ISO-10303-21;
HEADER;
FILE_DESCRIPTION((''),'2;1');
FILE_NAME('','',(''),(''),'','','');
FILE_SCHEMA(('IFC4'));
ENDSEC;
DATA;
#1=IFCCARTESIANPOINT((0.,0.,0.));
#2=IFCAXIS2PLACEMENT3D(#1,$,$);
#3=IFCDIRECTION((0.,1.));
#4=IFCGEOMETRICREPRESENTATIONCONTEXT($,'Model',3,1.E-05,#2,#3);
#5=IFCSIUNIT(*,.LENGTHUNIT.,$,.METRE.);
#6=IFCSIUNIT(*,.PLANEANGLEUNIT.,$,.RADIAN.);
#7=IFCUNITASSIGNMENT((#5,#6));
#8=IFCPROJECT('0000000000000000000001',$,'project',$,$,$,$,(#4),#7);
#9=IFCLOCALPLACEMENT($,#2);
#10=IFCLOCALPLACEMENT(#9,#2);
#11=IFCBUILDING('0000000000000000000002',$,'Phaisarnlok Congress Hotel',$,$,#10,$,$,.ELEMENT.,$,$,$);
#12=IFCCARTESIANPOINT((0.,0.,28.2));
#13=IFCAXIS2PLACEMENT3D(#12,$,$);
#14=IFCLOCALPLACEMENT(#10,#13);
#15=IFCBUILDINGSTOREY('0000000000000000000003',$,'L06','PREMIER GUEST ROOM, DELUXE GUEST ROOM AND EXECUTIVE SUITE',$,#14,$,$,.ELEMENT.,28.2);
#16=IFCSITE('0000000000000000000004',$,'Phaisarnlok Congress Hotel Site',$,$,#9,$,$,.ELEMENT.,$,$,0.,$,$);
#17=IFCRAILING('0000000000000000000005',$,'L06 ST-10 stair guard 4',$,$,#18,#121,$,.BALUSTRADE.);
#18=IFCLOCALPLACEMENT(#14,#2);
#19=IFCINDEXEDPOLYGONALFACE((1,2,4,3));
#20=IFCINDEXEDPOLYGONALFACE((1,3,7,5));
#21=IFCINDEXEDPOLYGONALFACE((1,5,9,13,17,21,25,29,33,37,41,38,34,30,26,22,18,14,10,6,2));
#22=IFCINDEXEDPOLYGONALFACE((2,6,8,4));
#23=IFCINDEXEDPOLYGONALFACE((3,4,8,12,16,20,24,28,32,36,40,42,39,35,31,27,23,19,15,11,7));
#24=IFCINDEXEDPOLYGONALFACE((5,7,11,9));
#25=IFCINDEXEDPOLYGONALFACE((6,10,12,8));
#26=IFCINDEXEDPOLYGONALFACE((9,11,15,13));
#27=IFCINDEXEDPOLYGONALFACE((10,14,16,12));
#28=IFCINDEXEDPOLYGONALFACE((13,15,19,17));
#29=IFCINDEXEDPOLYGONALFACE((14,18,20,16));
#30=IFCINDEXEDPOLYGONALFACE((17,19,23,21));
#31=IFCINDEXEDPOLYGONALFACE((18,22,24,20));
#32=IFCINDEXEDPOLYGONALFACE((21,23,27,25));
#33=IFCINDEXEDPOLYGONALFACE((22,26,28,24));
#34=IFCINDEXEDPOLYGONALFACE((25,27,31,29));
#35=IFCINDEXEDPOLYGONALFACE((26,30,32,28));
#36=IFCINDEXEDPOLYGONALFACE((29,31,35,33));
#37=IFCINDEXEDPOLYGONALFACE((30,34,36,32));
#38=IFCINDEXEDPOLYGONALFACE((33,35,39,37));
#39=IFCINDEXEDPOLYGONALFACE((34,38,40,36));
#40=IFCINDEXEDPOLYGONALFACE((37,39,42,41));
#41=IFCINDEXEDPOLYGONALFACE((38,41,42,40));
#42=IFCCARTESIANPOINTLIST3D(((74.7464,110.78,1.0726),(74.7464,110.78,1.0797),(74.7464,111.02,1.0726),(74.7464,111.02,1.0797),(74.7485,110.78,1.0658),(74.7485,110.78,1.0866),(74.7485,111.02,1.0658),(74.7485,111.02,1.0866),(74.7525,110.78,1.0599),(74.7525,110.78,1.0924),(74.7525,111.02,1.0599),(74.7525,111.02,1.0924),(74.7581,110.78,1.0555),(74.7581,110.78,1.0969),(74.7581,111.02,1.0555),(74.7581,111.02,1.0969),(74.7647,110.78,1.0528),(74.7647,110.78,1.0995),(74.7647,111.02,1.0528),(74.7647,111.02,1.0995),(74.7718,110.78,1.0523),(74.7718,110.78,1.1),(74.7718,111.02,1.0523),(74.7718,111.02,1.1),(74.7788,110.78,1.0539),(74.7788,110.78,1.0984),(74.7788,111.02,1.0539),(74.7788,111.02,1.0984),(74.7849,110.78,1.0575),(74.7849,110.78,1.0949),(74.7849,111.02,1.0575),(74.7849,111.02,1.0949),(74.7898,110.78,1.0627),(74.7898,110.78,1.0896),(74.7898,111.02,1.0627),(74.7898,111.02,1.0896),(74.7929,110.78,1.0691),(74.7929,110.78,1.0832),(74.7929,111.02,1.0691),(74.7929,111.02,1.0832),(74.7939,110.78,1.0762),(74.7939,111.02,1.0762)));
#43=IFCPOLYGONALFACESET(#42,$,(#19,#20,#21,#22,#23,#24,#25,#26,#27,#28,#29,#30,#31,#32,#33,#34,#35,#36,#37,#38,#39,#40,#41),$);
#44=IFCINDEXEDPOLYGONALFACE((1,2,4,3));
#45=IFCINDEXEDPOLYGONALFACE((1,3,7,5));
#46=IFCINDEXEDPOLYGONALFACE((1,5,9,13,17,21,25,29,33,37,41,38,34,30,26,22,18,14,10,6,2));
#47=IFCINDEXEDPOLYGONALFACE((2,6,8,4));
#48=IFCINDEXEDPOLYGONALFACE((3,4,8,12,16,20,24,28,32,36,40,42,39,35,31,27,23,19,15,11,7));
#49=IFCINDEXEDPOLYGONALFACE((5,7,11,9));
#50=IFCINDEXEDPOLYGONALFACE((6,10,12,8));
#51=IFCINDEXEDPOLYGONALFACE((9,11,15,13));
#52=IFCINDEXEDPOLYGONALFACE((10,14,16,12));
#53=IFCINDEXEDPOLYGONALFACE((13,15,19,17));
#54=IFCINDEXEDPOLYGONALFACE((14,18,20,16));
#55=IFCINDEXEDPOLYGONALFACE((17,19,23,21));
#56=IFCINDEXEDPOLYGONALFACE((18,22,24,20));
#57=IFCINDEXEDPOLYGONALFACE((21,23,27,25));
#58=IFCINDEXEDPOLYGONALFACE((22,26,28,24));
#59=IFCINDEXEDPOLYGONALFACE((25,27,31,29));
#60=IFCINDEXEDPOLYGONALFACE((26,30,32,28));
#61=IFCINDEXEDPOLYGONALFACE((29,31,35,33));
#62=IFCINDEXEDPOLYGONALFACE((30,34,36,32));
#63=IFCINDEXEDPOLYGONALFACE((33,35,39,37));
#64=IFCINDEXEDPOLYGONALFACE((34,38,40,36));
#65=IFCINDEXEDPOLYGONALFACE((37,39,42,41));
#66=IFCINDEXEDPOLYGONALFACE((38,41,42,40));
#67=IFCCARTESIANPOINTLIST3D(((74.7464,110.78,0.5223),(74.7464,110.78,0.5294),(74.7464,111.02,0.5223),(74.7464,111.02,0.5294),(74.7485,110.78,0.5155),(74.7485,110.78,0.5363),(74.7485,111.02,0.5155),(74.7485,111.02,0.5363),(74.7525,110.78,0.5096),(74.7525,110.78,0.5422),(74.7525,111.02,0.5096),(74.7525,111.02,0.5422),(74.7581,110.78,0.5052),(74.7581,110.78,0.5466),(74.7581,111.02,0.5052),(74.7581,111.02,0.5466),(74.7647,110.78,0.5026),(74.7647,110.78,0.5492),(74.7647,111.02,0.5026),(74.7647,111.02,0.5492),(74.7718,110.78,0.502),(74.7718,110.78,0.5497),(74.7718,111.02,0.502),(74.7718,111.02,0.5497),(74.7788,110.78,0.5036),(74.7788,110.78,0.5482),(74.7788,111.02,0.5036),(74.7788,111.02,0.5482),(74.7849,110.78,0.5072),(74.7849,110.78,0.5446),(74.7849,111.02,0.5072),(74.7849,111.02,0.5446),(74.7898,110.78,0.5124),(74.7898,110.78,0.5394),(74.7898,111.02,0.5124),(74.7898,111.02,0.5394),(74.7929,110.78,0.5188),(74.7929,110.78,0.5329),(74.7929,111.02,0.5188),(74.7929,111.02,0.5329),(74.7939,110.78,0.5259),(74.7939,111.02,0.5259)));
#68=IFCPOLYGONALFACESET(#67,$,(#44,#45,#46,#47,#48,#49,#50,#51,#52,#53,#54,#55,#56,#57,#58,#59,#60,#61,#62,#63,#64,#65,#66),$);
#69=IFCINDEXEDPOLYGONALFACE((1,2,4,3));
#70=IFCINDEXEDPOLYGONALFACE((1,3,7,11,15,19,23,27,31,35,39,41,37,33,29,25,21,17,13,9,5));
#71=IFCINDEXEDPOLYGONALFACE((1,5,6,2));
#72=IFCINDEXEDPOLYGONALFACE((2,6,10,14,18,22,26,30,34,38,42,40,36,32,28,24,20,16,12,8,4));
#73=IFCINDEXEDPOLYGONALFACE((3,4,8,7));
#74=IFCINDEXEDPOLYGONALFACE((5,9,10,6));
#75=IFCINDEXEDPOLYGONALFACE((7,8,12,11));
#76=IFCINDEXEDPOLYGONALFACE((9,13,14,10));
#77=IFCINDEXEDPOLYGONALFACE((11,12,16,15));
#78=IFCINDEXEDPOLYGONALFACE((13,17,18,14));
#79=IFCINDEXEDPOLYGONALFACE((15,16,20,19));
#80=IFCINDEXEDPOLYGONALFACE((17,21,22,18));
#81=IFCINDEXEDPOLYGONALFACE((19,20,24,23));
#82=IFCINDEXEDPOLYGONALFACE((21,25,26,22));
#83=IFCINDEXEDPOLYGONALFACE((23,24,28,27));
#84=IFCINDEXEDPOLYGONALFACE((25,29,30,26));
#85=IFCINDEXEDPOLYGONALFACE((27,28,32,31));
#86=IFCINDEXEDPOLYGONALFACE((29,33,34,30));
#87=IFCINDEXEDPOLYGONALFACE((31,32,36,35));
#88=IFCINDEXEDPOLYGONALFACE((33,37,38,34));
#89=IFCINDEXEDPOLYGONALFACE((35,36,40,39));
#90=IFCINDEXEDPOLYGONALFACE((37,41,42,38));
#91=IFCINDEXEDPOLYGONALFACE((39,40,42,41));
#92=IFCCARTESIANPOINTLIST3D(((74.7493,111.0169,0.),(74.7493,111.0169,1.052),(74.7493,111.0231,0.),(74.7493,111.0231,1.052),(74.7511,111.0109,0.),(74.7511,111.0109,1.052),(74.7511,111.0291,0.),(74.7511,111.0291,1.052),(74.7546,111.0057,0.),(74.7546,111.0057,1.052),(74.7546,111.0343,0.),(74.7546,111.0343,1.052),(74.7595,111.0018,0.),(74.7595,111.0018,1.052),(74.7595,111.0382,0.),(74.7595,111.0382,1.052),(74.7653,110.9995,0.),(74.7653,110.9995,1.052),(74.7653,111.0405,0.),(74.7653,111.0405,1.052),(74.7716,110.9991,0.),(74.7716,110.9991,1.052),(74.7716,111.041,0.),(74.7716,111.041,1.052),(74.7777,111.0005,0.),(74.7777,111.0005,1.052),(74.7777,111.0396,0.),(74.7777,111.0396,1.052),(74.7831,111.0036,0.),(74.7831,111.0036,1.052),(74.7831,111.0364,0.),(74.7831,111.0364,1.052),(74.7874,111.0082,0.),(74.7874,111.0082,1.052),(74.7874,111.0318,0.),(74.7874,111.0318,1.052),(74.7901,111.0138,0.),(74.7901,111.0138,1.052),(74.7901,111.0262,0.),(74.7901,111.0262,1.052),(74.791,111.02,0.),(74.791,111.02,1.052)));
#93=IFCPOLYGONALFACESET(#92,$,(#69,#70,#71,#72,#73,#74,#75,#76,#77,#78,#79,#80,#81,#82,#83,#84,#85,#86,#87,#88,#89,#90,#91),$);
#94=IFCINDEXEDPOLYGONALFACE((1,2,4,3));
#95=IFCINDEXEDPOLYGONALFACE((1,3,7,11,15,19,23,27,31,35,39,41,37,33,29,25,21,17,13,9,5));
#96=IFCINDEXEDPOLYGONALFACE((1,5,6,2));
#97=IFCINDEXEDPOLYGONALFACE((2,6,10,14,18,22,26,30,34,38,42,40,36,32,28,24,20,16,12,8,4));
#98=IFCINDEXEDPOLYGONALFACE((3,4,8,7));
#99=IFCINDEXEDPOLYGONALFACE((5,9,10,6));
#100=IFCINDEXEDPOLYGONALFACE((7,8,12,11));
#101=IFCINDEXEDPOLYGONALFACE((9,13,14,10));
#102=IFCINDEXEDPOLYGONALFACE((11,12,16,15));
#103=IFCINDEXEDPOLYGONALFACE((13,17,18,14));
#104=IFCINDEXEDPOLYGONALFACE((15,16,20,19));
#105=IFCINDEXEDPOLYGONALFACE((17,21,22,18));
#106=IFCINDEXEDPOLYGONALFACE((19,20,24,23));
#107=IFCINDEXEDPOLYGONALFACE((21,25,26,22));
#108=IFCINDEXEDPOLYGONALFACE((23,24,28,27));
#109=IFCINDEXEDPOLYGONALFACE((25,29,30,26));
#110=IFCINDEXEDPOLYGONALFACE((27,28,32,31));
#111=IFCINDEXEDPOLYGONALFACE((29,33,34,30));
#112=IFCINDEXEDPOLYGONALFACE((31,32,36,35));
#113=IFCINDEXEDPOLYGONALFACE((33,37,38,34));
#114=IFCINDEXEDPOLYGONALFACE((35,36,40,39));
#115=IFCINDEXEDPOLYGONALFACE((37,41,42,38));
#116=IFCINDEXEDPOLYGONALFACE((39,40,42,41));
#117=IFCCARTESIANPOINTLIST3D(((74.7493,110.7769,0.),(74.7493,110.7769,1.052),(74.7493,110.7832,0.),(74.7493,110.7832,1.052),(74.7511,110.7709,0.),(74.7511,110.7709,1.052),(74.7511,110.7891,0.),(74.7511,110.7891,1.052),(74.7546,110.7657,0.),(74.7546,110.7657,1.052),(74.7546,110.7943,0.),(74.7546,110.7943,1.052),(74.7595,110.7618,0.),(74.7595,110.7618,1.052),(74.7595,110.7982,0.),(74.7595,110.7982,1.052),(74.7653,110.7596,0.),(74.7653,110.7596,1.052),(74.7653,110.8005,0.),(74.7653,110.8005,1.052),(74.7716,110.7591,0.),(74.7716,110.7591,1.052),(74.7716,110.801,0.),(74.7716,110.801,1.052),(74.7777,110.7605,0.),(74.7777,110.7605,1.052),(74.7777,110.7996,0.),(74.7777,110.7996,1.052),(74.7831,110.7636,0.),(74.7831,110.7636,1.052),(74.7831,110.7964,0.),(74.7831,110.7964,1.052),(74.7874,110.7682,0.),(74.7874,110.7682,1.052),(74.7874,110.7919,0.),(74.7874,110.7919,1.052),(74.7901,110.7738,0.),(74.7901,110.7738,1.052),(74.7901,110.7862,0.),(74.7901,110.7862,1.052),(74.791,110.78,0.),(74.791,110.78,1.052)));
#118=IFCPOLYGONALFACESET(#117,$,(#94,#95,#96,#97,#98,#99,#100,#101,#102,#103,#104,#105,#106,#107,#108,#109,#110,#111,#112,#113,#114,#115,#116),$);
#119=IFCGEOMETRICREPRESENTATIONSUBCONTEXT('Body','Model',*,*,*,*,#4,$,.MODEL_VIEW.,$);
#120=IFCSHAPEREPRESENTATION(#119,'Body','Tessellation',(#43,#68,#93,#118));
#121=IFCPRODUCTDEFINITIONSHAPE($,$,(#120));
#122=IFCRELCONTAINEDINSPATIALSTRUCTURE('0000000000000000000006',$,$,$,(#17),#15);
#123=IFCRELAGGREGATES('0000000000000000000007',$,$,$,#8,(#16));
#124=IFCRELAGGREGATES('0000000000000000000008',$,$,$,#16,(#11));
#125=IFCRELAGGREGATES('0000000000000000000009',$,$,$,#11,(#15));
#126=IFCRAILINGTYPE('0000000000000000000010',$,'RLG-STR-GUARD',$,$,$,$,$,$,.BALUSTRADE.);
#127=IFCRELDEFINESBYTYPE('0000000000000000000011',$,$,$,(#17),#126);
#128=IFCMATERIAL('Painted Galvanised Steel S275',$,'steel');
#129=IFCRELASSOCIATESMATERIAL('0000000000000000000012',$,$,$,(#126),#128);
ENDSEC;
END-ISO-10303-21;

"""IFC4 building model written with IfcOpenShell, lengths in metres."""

from ifc_helpers import new_model, si_unit, direction, frame, origin, origin_2d, place, context, subcontext, project, spatial, circle, extrude, material, type_object, element, save


model = new_model("IFC4")

# Units and contexts
model_context = context("Model", 3, precision=1e-05, world=origin(), true_north=direction((0.0, 1.0)))
body_context = subcontext(model_context, "Body", "Model", "MODEL_VIEW")
ifc_project = project(units=[si_unit("LENGTHUNIT", "METRE"), si_unit("PLANEANGLEUNIT", "RADIAN")], contexts=[model_context])

# Site, building, storey
site_placement = place(None, origin())
site = spatial("IfcSite", under=ifc_project, at=site_placement, Name="Phaisarnlok Congress Hotel Site", CompositionType="ELEMENT", RefElevation=0.0)
building_placement = place(site_placement, origin())
building = spatial("IfcBuilding", under=site, at=building_placement, Name="Phaisarnlok Congress Hotel", CompositionType="ELEMENT")
storey_placement = place(building_placement, frame((0.0, 0.0, 28.2)))
storey = spatial("IfcBuildingStorey", under=building, at=storey_placement, Name="L06", Description="PREMIER GUEST ROOM, DELUXE GUEST ROOM AND EXECUTIVE SUITE", CompositionType="ELEMENT", Elevation=28.2)

# Railing
ifc_material_1 = material(Name="Painted Galvanised Steel S275", Category="steel")
railing_type_1 = type_object("IfcRailingType", Name="RLG-STR-GUARD", PredefinedType="BALUSTRADE", material=ifc_material_1)
railing_1_placement = place(storey_placement, frame((74.77, 111.02, 0.0)))
element("IfcRailing", 1, at=railing_1_placement, inside=storey, type_object=railing_type_1, Name="L06 ST-10 stair guard 4", PredefinedType="BALUSTRADE", context=body_context, shape_type="SweptSolid", body=[
    extrude(circle(Radius=0.0239, at=origin_2d()), frame((0.0, 0.0, 1.0762), z_axis=(0.0, -1.0, 0.0), x_axis=(1.0, 0.0, 0.0)), (0.0, 0.0, 1.0), 0.24),
    extrude(circle(Radius=0.0239, at=origin_2d()), frame((0.0, 0.0, 0.5259), z_axis=(0.0, -1.0, 0.0), x_axis=(1.0, 0.0, 0.0)), (0.0, 0.0, 1.0), 0.24),
    extrude(circle(Radius=0.021, at=origin_2d()), origin(), (0.0, 0.0, 1.0), 1.052),
    extrude(circle(Radius=0.021, at=origin_2d()), frame((0.0, -0.24, 0.0)), (0.0, 0.0, 1.0), 1.052),
])

save(model, "model.ifc")
